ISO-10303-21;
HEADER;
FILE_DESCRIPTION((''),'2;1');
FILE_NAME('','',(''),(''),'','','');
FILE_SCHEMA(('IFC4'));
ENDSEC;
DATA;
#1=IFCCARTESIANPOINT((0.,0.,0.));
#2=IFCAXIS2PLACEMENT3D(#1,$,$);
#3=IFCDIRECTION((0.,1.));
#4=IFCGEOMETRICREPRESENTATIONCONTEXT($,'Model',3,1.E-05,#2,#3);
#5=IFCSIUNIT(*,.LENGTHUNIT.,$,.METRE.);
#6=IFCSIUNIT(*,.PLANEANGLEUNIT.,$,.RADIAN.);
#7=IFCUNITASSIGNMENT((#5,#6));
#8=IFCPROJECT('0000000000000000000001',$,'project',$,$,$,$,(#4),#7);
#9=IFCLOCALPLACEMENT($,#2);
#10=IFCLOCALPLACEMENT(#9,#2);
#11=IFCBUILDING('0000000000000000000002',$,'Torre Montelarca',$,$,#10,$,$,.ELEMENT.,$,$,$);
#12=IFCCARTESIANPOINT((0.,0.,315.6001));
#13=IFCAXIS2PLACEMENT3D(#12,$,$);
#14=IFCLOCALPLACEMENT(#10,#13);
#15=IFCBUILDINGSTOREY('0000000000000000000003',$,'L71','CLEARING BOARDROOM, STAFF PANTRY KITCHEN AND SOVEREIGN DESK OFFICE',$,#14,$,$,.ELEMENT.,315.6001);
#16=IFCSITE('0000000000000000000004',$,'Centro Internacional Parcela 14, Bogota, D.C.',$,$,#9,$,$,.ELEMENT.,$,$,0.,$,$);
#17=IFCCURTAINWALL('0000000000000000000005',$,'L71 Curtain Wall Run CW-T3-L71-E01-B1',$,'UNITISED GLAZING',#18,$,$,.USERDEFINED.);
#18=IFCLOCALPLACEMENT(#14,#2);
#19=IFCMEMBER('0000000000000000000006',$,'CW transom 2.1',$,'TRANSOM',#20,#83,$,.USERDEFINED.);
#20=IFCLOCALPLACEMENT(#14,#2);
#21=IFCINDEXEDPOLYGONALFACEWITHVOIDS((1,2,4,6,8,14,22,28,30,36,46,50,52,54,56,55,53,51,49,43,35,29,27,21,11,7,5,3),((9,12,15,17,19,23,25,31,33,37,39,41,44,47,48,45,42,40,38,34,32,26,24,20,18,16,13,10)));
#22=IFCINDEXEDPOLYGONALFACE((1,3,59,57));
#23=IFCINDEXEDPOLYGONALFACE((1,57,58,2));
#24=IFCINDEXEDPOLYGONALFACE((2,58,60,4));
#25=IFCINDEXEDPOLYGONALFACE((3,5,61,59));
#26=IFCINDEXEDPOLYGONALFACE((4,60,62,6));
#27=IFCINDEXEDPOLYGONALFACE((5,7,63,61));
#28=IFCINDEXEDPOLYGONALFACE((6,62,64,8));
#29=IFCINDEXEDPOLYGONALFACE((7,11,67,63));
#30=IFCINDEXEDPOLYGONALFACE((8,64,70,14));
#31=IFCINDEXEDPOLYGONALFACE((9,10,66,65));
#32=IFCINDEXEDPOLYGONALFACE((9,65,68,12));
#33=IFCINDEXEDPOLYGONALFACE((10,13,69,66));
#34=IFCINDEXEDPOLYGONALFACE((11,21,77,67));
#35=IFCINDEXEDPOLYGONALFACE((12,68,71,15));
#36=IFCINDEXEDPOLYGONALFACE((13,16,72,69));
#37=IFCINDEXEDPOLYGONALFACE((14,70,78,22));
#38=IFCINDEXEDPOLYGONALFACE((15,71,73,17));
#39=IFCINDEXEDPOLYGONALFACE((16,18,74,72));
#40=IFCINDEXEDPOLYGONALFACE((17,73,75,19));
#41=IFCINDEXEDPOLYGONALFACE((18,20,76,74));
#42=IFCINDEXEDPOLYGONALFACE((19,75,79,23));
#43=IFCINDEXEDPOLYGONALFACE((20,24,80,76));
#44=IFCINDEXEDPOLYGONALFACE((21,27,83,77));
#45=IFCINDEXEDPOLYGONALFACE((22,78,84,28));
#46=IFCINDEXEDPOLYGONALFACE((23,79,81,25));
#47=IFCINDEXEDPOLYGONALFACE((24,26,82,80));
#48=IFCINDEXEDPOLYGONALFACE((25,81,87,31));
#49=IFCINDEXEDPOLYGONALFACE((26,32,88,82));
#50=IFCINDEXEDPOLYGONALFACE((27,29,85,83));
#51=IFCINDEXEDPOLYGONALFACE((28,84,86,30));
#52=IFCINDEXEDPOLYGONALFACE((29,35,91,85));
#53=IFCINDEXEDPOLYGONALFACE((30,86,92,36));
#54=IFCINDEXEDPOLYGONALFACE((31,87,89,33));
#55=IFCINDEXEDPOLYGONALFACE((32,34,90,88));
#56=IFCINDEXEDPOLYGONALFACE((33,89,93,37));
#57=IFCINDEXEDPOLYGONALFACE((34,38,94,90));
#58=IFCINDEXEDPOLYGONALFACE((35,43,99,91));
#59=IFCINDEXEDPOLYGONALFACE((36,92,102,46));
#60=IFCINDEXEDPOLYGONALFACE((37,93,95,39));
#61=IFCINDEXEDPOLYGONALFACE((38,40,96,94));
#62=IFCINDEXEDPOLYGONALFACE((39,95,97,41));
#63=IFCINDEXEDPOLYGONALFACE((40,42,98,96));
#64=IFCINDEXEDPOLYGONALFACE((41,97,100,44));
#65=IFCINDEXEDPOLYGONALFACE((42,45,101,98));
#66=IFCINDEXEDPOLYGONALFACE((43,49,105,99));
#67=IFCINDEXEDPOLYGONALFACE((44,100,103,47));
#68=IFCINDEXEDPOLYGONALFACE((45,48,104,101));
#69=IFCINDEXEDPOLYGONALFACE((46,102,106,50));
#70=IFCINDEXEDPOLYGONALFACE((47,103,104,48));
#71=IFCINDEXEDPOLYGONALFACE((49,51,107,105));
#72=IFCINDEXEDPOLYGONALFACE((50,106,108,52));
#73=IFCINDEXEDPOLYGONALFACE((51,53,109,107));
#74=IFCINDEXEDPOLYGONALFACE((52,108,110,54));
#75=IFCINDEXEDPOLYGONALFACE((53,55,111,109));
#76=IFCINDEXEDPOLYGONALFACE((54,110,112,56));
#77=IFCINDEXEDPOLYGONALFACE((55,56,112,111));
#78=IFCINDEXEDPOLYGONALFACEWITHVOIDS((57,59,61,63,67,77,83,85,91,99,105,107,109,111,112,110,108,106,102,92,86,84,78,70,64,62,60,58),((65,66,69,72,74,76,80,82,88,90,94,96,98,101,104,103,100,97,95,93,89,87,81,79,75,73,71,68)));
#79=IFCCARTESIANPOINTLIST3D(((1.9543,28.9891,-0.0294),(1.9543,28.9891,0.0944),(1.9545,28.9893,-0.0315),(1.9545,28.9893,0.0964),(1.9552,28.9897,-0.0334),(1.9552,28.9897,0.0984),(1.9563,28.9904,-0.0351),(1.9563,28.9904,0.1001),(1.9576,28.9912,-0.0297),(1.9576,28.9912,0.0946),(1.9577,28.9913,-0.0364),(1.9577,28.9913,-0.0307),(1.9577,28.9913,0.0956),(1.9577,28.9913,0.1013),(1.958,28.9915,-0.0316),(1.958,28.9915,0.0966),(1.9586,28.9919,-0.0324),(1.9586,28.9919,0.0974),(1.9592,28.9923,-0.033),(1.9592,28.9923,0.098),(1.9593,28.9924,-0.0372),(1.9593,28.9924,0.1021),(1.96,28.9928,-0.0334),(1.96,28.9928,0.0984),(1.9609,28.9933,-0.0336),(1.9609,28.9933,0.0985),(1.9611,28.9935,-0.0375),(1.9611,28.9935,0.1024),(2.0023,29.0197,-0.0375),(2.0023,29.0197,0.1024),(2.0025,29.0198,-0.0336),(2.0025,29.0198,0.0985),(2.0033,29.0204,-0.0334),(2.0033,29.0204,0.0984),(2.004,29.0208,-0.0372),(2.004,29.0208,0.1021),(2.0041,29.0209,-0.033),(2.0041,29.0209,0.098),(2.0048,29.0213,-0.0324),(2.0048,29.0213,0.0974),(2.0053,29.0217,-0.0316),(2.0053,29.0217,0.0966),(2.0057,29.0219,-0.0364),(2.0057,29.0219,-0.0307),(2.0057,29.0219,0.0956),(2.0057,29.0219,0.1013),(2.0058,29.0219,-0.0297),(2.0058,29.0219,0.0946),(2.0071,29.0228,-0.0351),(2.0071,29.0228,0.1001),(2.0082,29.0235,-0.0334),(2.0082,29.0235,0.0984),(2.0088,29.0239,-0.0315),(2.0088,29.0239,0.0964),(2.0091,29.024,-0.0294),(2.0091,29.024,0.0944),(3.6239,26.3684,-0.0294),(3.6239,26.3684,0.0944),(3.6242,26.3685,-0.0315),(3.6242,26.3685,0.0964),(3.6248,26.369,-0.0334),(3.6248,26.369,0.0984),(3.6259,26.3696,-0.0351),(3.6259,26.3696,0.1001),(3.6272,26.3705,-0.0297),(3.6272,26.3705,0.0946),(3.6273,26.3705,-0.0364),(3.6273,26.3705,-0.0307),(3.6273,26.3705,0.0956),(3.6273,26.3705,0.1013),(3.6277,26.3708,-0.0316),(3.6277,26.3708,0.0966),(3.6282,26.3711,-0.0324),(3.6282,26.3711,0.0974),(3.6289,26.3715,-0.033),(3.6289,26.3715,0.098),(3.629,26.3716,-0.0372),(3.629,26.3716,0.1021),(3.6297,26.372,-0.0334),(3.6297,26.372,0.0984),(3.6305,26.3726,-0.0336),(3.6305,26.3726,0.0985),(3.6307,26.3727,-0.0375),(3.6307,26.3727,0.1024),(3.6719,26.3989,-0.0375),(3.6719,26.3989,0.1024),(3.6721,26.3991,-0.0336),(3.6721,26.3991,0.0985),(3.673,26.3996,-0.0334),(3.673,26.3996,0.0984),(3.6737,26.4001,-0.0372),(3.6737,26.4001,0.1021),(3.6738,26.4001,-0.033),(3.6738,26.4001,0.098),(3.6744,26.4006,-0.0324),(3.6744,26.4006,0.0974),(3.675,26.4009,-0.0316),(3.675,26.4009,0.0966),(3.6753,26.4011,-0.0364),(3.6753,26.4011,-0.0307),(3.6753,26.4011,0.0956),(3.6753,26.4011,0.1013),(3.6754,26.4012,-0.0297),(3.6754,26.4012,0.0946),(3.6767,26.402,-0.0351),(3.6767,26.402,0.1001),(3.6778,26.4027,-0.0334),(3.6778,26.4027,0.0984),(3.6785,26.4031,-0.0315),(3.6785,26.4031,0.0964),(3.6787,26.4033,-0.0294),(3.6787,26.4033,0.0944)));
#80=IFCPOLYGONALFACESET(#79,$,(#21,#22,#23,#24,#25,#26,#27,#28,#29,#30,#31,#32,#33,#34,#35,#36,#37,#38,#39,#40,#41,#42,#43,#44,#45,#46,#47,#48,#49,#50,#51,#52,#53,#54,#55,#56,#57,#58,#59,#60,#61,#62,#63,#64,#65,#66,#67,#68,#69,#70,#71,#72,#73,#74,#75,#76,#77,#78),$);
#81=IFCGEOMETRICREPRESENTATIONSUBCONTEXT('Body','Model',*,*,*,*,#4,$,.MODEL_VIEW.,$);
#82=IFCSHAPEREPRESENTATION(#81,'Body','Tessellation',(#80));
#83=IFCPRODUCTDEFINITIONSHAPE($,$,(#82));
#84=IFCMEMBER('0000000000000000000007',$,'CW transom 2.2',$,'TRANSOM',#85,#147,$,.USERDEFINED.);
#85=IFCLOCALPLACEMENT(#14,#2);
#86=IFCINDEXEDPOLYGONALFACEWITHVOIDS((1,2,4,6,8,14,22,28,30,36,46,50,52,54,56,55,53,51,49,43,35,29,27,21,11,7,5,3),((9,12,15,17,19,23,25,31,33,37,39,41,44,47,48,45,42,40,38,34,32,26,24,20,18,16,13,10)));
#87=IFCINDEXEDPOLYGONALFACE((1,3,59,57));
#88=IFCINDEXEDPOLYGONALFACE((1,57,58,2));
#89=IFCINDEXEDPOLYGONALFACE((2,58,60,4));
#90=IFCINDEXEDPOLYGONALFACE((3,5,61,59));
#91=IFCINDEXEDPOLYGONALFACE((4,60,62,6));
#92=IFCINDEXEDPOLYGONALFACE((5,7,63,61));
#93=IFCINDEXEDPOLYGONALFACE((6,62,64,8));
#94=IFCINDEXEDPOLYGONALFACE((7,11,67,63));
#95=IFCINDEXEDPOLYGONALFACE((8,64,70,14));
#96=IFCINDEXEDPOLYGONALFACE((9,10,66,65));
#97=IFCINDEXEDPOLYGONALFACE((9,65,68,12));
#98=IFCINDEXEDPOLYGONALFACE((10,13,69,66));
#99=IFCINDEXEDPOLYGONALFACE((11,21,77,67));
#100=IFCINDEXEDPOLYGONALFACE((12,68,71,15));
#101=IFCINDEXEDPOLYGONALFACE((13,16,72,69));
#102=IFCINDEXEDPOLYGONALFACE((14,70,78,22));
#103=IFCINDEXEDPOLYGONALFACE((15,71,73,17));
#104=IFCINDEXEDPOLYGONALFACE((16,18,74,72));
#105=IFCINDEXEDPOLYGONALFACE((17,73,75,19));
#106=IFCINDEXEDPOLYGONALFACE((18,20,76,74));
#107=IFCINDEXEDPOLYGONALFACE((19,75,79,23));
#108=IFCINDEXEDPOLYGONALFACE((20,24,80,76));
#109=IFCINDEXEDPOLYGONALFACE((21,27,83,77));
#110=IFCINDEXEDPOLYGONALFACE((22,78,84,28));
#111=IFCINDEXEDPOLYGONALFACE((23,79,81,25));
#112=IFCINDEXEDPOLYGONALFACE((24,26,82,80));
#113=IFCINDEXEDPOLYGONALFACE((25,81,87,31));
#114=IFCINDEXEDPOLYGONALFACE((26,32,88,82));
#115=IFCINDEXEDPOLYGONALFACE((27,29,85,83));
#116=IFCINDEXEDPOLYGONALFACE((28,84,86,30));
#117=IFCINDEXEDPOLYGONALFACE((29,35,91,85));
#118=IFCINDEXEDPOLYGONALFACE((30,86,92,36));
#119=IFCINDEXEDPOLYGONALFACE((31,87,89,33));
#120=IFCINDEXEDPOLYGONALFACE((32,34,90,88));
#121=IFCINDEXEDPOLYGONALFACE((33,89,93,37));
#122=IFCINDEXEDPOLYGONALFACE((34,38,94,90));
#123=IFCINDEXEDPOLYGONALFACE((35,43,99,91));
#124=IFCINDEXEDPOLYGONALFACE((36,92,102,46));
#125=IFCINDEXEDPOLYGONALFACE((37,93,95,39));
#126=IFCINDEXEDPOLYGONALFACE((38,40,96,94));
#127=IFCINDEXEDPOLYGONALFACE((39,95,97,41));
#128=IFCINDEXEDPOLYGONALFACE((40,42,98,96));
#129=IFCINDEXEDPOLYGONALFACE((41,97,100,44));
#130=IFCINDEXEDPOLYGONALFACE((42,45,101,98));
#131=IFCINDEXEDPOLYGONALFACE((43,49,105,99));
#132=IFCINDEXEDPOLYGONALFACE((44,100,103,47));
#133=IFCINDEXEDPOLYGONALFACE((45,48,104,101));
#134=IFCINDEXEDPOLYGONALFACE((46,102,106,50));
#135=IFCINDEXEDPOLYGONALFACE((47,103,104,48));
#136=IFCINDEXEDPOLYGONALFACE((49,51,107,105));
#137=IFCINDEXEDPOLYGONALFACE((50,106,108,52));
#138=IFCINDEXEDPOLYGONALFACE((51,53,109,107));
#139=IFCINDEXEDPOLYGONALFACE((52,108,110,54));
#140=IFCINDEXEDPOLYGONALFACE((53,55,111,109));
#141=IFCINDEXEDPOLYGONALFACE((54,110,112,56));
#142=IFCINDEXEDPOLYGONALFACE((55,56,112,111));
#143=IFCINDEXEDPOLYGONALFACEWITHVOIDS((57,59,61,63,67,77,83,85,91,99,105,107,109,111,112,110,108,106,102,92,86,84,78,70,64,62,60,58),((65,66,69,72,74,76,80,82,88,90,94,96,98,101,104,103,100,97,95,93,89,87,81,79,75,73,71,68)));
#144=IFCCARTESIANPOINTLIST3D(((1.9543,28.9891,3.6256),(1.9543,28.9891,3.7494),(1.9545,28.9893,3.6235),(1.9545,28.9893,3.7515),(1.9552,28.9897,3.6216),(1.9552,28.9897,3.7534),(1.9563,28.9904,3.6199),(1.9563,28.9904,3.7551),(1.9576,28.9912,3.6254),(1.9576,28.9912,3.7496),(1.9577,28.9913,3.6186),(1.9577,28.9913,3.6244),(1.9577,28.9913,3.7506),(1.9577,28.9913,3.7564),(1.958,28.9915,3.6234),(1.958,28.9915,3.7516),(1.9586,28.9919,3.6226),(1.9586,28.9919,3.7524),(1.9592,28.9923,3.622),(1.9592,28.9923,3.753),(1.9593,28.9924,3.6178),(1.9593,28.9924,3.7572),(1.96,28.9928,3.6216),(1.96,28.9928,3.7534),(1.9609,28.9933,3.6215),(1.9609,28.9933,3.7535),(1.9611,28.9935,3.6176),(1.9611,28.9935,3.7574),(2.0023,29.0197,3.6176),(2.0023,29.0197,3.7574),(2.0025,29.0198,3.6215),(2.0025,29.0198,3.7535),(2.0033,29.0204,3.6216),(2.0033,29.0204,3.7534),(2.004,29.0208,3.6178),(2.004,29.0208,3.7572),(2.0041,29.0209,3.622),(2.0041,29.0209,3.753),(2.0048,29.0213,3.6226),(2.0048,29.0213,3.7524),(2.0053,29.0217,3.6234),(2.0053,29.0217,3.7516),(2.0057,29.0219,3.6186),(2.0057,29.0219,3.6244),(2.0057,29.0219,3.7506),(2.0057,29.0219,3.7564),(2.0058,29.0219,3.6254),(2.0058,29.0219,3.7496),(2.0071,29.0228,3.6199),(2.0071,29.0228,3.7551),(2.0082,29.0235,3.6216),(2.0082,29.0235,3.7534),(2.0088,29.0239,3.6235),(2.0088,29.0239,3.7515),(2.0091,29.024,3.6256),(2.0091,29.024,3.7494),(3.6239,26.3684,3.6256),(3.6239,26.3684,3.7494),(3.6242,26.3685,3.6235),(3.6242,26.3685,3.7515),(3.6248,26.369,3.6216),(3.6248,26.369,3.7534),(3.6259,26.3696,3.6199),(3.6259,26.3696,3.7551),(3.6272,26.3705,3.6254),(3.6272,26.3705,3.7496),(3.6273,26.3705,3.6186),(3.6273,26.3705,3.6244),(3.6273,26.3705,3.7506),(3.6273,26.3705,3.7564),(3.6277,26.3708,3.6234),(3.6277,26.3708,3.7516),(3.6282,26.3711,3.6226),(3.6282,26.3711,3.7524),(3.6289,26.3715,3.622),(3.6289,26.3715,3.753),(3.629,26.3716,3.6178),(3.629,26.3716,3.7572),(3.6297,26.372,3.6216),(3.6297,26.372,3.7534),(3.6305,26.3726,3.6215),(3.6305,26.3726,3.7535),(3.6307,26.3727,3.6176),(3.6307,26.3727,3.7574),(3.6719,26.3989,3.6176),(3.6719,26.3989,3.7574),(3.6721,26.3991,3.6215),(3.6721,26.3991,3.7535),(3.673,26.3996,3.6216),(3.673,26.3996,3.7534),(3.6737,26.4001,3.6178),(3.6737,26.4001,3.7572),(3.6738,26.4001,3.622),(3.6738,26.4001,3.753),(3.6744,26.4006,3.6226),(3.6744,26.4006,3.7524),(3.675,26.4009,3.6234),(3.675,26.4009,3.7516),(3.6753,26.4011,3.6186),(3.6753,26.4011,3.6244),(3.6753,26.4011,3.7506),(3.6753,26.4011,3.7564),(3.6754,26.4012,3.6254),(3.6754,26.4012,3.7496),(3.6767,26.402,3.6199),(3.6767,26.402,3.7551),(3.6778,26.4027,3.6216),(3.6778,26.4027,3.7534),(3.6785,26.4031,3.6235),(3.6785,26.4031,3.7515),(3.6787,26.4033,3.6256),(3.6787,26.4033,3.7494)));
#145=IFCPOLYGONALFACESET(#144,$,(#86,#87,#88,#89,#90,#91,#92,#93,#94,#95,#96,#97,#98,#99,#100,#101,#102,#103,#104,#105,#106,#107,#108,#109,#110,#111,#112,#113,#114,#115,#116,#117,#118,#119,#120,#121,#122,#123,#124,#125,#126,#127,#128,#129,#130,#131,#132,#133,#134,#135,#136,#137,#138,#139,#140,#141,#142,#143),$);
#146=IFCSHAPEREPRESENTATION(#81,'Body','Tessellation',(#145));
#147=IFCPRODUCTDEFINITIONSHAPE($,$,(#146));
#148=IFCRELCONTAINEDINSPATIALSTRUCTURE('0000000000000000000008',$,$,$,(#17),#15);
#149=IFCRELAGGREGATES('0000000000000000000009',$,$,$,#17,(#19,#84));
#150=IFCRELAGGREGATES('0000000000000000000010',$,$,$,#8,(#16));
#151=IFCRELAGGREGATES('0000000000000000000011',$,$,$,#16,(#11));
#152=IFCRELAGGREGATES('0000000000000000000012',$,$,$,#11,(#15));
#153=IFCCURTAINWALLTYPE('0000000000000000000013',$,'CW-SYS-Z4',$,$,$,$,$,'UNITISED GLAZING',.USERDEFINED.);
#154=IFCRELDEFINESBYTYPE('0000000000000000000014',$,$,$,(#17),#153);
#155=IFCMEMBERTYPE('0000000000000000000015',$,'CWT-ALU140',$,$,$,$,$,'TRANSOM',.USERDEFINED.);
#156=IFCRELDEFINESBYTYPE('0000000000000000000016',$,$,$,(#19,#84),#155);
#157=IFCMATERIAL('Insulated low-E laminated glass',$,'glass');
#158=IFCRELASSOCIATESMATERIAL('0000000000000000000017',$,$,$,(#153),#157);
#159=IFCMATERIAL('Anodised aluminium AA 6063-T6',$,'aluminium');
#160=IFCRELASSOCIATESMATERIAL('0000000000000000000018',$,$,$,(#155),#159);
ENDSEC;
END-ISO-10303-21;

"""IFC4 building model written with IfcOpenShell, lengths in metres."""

from ifc_helpers import new_model, si_unit, direction, frame, origin, origin_2d, place, context, subcontext, project, spatial, hollow_rectangle, extrude, source, transform, mapped, material, material_profile, profile_set, type_object, element, aggregate, save


model = new_model("IFC4")

# Units and contexts
model_context = context("Model", 3, precision=1e-05, world=origin(), true_north=direction((0.0, 1.0)))
body_context = subcontext(model_context, "Body", "Model", "MODEL_VIEW")
ifc_project = project(units=[si_unit("LENGTHUNIT", "METRE"), si_unit("PLANEANGLEUNIT", "RADIAN")], contexts=[model_context])

# Site, building, storey
site_placement = place(None, origin())
site = spatial("IfcSite", under=ifc_project, at=site_placement, Name="Centro Internacional Parcela 14, Bogota, D.C.", CompositionType="ELEMENT", RefElevation=0.0)
building_placement = place(site_placement, origin())
building = spatial("IfcBuilding", under=site, at=building_placement, Name="Torre Montelarca", CompositionType="ELEMENT")
storey_placement = place(building_placement, frame((0.0, 0.0, 315.6001)))
storey = spatial("IfcBuildingStorey", under=building, at=storey_placement, Name="L71", Description="CLEARING BOARDROOM, STAFF PANTRY KITCHEN AND SOVEREIGN DESK OFFICE", CompositionType="ELEMENT", Elevation=315.6001)

# Curtain wall
ifc_material_1 = material(Name="Insulated low-E laminated glass", Category="glass")
curtain_wall_type = type_object("IfcCurtainWallType", Name="CW-SYS-Z4", ElementType="UNITISED GLAZING", PredefinedType="USERDEFINED", material=ifc_material_1)
curtain_wall_1_placement = place(storey_placement, origin())
curtain_wall_1 = element("IfcCurtainWall", 1, at=curtain_wall_1_placement, inside=storey, type_object=curtain_wall_type, Name="L71 Curtain Wall Run CW-T3-L71-E01-B1", ObjectType="UNITISED GLAZING", PredefinedType="USERDEFINED")
ifc_material_2 = material(Name="Anodised aluminium AA 6063-T6", Category="aluminium")

# Members
ifc_material_profile_1 = material_profile(ifc_material_2, hollow_rectangle(XDim=0.0649, YDim=0.1399, WallThickness=0.0039, InnerFilletRadius=0.0039, OuterFilletRadius=0.0081, at=origin_2d()), Name="ALU65X140X4", Category="aluminium")
ifc_profile_set_1 = profile_set([ifc_material_profile_1], Name="Anodised aluminium AA 6063-T6")
member_type_1 = type_object("IfcMemberType", Name="CWT-ALU140", ElementType="TRANSOM", PredefinedType="USERDEFINED", material=ifc_profile_set_1)
shared_shape_1 = source(origin(), body_context, "Body", "SweptSolid", [
    extrude(hollow_rectangle(XDim=0.0649, YDim=0.1399, WallThickness=0.0039, InnerFilletRadius=0.0039, OuterFilletRadius=0.0081, at=origin_2d()), origin(), (0.0, 0.0, 1.0), 3.1074),
])
member_1_placement = place(storey_placement, frame((1.9817, 29.0066, 0.0325), z_axis=(0.537302, -0.84339, 0.0), x_axis=(0.84339, 0.537302, 0.0)))
member_1 = element("IfcMember", 2, at=member_1_placement, type_object=member_type_1, Name="CW transom 2.1", ObjectType="TRANSOM", PredefinedType="USERDEFINED", context=body_context, shape_type="MappedRepresentation", body=[
    mapped(shared_shape_1, transform((0.0, 0.0, 0.0), scale=1.0)),
])
member_2_placement = place(storey_placement, frame((1.9817, 29.0066, 3.6875), z_axis=(0.537302, -0.84339, 0.0), x_axis=(0.84339, 0.537302, 0.0)))
member_2 = element("IfcMember", 3, at=member_2_placement, type_object=member_type_1, Name="CW transom 2.2", ObjectType="TRANSOM", PredefinedType="USERDEFINED", context=body_context, shape_type="MappedRepresentation", body=[
    mapped(shared_shape_1, transform((0.0, 0.0, 0.0), scale=1.0)),
])

aggregate(curtain_wall_1, [member_1, member_2])

save(model, "model.ifc")
